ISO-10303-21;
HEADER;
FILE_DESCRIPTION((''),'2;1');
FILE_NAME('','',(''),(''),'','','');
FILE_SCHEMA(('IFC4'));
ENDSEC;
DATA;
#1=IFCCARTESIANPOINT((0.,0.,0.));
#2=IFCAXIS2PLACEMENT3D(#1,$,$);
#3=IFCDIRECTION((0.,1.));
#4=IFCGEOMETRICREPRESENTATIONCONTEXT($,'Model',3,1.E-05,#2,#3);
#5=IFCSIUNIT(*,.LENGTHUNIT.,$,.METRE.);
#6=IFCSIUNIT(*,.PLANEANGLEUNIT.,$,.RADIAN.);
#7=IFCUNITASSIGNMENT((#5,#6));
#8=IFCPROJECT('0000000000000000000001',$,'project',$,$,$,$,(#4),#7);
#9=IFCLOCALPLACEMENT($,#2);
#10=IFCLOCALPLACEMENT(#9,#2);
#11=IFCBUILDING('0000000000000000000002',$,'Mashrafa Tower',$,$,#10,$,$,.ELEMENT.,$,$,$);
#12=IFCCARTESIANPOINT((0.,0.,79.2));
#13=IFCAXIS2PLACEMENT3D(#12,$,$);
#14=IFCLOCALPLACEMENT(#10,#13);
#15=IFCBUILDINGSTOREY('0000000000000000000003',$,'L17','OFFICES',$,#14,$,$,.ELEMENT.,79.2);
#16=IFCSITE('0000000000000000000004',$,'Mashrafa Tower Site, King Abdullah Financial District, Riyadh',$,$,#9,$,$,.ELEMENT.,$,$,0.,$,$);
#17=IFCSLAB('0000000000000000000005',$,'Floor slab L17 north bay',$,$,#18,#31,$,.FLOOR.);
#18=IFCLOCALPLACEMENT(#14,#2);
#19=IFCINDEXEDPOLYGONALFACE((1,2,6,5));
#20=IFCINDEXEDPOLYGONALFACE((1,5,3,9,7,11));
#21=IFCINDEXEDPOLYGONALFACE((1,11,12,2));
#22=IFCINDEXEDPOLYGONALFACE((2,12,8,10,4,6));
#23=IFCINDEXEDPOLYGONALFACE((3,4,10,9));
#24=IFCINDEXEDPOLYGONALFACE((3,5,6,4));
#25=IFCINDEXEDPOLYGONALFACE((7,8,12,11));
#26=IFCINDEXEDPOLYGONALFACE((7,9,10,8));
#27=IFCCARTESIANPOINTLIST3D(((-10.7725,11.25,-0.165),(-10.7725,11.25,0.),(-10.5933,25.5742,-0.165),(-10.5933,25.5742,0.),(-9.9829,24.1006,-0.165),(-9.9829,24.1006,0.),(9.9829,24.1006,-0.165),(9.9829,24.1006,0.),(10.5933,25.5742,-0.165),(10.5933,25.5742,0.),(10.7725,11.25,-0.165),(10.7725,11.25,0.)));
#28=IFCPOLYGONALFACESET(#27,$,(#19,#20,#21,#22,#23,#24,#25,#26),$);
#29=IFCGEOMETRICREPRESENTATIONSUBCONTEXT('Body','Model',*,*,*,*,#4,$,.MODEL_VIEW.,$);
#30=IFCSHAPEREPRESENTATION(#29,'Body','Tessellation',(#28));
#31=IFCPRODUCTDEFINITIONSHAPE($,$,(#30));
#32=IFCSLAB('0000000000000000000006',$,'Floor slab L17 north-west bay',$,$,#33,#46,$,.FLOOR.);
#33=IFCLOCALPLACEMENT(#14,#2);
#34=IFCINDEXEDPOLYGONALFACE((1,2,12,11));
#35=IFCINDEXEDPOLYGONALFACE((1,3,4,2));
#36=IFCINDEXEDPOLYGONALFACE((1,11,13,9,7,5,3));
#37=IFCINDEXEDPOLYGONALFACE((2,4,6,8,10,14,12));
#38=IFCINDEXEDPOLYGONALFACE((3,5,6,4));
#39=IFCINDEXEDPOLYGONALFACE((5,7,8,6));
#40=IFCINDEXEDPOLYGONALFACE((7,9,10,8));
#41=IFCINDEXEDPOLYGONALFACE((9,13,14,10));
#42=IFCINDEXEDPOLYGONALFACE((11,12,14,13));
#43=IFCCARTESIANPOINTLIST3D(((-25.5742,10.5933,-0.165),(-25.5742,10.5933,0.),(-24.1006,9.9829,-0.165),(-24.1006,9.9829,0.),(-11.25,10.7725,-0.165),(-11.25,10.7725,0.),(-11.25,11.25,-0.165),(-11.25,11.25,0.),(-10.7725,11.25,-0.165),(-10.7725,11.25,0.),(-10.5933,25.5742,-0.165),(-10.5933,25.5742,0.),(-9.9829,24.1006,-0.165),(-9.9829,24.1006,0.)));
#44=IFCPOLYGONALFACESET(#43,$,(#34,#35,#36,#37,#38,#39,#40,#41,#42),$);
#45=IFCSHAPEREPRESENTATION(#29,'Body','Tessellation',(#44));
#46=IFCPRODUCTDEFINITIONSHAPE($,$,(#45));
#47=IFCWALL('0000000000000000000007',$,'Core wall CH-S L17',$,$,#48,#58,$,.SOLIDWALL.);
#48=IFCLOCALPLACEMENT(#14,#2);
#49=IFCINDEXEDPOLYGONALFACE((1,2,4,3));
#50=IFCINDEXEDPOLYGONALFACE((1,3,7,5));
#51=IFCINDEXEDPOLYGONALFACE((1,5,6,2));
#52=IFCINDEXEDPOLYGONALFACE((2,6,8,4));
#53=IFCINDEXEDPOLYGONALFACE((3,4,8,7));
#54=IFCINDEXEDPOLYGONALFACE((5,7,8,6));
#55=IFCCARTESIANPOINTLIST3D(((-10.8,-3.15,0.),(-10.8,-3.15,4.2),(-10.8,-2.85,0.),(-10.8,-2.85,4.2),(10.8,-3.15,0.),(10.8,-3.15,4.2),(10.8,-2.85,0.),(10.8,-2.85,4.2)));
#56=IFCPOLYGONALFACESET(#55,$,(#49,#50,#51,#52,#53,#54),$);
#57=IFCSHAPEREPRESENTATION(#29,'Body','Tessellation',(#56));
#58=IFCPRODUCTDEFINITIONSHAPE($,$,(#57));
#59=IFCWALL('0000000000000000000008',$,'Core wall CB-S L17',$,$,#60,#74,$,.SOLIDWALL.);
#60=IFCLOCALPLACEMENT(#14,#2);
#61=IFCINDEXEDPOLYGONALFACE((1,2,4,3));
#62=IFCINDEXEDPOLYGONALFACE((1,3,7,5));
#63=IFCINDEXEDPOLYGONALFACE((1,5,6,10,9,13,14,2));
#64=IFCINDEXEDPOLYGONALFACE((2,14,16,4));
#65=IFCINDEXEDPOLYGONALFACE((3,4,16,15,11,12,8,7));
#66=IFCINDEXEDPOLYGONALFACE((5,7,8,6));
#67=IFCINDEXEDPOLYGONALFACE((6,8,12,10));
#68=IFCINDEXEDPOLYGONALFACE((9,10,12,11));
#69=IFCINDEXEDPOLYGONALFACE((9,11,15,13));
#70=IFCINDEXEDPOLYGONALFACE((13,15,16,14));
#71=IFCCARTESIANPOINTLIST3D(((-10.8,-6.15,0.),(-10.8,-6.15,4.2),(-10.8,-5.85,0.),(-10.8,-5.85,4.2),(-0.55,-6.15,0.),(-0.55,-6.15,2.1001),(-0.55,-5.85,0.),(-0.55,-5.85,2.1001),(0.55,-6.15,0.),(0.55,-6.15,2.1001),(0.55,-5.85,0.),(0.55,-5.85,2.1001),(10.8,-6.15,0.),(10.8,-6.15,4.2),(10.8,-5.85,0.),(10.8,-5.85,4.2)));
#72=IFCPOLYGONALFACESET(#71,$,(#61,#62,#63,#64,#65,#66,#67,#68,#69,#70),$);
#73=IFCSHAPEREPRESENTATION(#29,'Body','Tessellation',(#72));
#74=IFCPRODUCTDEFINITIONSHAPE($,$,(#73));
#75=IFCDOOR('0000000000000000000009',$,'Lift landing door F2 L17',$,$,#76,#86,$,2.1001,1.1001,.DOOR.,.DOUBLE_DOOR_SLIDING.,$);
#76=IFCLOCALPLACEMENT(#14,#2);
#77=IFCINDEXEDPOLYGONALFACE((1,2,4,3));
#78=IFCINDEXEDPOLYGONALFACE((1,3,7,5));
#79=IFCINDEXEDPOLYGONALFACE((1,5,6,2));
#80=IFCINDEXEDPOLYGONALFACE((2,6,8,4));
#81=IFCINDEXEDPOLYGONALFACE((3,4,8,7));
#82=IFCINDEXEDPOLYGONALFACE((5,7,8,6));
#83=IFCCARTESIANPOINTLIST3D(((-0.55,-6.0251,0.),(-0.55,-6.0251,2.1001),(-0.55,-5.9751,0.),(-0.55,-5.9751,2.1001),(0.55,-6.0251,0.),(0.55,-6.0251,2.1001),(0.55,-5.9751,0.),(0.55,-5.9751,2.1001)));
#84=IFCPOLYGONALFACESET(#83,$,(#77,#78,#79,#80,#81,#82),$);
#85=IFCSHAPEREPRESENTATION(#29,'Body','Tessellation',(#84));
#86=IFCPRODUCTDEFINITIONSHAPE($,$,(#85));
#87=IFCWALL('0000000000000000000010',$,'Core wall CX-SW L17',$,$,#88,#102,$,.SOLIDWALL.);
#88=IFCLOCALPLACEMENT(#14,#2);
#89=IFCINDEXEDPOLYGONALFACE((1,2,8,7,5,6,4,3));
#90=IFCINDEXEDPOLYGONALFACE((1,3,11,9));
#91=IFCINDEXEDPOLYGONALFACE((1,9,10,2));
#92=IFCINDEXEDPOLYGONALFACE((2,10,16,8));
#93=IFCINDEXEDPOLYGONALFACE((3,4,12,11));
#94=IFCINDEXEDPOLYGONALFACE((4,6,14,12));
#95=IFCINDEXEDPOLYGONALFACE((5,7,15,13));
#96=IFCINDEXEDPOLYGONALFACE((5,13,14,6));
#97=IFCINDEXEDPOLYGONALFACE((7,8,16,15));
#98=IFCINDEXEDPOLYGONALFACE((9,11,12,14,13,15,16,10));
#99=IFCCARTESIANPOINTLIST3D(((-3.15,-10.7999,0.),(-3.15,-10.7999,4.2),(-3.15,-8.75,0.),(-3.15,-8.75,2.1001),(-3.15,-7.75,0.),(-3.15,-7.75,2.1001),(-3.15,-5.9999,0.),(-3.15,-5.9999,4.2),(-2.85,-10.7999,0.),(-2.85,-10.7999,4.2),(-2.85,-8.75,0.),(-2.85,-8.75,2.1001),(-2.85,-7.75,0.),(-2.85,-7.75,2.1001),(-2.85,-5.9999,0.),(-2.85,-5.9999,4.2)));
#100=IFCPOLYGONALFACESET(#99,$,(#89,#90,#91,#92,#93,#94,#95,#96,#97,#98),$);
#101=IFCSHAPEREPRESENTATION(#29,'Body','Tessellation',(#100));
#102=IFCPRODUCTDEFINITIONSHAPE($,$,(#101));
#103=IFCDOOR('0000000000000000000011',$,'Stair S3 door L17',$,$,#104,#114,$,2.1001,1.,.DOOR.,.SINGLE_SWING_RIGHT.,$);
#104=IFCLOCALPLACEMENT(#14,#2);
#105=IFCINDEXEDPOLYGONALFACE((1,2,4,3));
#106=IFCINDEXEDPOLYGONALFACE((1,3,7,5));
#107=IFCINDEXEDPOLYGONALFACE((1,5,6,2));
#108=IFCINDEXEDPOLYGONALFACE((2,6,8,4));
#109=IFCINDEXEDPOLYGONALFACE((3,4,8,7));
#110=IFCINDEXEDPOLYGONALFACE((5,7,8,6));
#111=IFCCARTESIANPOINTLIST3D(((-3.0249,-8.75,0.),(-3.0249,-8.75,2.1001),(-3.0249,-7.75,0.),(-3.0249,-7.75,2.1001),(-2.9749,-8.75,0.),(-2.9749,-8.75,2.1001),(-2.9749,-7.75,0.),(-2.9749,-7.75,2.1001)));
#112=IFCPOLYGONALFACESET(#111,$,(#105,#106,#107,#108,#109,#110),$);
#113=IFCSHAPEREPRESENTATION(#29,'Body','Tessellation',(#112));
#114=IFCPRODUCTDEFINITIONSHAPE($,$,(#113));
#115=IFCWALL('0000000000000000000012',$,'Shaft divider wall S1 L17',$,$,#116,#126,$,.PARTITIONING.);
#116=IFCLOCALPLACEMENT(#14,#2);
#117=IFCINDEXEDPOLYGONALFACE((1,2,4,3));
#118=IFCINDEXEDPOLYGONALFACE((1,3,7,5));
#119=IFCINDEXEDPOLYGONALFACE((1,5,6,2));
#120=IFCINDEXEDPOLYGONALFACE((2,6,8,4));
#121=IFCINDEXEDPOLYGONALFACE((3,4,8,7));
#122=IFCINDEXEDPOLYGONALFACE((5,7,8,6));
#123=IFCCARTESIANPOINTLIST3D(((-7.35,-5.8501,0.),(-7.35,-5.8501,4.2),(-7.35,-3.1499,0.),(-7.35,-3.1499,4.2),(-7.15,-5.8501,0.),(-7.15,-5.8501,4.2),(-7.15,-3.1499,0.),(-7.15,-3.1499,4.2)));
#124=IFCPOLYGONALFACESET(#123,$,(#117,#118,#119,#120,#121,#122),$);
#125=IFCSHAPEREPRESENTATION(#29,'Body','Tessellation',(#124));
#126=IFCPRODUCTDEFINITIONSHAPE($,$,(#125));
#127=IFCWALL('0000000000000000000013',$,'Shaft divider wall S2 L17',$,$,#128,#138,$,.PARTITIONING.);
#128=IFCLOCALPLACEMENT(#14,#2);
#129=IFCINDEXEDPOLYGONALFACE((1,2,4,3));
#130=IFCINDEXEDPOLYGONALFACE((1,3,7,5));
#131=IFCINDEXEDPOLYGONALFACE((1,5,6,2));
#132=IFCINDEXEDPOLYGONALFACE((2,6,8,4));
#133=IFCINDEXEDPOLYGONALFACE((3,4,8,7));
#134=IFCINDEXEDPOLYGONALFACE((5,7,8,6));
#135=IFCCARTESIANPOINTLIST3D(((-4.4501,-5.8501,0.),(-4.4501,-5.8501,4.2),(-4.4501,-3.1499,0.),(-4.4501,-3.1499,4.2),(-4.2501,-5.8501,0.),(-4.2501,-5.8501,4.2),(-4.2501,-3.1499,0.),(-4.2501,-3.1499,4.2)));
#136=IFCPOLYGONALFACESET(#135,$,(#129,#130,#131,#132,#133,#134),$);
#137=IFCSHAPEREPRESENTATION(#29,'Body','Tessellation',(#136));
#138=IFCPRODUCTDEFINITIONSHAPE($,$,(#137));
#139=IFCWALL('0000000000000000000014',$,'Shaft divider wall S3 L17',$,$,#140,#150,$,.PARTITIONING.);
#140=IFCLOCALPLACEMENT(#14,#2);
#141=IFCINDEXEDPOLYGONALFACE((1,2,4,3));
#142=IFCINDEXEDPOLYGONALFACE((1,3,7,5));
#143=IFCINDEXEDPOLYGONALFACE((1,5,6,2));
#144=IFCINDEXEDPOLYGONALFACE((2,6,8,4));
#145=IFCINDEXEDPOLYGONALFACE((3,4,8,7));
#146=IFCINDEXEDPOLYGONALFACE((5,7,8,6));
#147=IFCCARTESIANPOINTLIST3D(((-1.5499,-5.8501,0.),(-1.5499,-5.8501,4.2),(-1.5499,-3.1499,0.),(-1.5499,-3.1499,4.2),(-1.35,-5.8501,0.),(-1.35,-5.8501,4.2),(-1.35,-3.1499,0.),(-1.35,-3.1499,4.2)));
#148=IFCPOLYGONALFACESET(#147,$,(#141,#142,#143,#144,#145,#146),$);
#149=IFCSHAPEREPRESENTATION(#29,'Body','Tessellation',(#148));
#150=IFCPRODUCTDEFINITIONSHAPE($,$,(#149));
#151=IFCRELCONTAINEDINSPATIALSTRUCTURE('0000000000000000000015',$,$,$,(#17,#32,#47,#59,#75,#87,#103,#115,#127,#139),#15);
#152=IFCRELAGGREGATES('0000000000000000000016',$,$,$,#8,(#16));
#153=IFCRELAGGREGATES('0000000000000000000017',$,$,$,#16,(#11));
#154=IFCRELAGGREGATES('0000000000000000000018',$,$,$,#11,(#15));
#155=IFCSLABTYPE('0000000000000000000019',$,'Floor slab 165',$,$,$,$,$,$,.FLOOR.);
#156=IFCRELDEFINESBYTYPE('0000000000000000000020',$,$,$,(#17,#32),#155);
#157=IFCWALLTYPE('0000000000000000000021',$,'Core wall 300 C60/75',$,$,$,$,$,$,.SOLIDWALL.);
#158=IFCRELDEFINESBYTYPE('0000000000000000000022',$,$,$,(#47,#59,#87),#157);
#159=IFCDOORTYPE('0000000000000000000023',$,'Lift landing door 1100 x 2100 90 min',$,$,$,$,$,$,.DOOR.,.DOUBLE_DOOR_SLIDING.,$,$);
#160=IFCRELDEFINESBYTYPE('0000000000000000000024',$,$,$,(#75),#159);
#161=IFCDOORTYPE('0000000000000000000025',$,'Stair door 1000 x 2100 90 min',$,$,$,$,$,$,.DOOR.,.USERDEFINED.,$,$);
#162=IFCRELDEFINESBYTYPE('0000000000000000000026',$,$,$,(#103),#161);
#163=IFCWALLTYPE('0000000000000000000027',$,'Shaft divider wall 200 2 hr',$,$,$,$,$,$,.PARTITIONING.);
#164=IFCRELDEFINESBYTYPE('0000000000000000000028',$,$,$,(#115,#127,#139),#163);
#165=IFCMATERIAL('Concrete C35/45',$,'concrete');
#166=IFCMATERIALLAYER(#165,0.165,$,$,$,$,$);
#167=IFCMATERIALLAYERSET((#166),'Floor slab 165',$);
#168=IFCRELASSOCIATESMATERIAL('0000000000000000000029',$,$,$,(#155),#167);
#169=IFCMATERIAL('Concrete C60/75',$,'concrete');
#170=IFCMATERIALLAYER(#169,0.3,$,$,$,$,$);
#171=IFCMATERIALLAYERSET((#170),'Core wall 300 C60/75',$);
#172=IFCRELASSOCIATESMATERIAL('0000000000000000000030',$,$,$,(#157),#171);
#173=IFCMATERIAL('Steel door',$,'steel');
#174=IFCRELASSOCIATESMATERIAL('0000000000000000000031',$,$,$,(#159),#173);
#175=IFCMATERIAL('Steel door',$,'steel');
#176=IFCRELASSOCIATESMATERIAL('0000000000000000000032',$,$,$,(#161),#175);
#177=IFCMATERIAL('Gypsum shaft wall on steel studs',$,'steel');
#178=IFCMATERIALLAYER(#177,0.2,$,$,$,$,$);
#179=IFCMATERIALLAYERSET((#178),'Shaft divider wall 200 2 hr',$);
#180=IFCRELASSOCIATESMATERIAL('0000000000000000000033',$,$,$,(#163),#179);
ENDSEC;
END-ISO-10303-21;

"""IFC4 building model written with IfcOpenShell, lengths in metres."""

from ifc_helpers import new_model, si_unit, direction, frame, frame_2d, origin, place, context, subcontext, project, spatial, polyline, rectangle, outline, extrude, material, layer, layer_set, type_object, element, fill, save


model = new_model("IFC4")

# Units and contexts
model_context = context("Model", 3, precision=1e-05, world=origin(), true_north=direction((0.0, 1.0)))
body_context = subcontext(model_context, "Body", "Model", "MODEL_VIEW")
ifc_project = project(units=[si_unit("LENGTHUNIT", "METRE"), si_unit("PLANEANGLEUNIT", "RADIAN")], contexts=[model_context])

# Site, building, storey
site_placement = place(None, origin())
site = spatial("IfcSite", under=ifc_project, at=site_placement, Name="Mashrafa Tower Site, King Abdullah Financial District, Riyadh", CompositionType="ELEMENT", RefElevation=0.0)
building_placement = place(site_placement, origin())
building = spatial("IfcBuilding", under=site, at=building_placement, Name="Mashrafa Tower", CompositionType="ELEMENT")
storey_placement = place(building_placement, frame((0.0, 0.0, 79.2)))
storey = spatial("IfcBuildingStorey", under=building, at=storey_placement, Name="L17", Description="OFFICES", CompositionType="ELEMENT", Elevation=79.2)

# Slabs
ifc_material_1 = material(Name="Concrete C35/45", Category="concrete")
ifc_layer_1 = layer(ifc_material_1, 0.165)
ifc_layer_set_1 = layer_set([ifc_layer_1], Name="Floor slab 165")
slab_type = type_object("IfcSlabType", Name="Floor slab 165", PredefinedType="FLOOR", material=ifc_layer_set_1)
slab_1_placement = place(storey_placement, frame((0.0, 0.0, -0.165)))
element("IfcSlab", 1, at=slab_1_placement, inside=storey, type_object=slab_type, Name="Floor slab L17 north bay", PredefinedType="FLOOR", context=body_context, shape_type="SweptSolid", body=[
    extrude(outline(polyline([(10.5933, 25.5742), (9.9829, 24.1006), (10.7725, 11.25), (-10.7725, 11.25), (-9.9829, 24.1006), (-10.5933, 25.5742), (10.5933, 25.5742)])), origin(), (0.0, 0.0, 1.0), 0.165),
])
slab_2_placement = place(storey_placement, frame((0.0, 0.0, -0.165)))
element("IfcSlab", 2, at=slab_2_placement, inside=storey, type_object=slab_type, Name="Floor slab L17 north-west bay", PredefinedType="FLOOR", context=body_context, shape_type="SweptSolid", body=[
    extrude(outline(polyline([(-25.5742, 10.5933), (-10.5933, 25.5742), (-10.5933, 25.5742), (-9.9829, 24.1006), (-10.7725, 11.25), (-11.25, 11.25), (-11.25, 10.7725), (-24.1006, 9.9829), (-25.5742, 10.5933), (-25.5742, 10.5933)])), origin(), (0.0, 0.0, 1.0), 0.165),
])

# Wall
ifc_material_2 = material(Name="Concrete C60/75", Category="concrete")
ifc_layer_2 = layer(ifc_material_2, 0.3)
ifc_layer_set_2 = layer_set([ifc_layer_2], Name="Core wall 300 C60/75")
wall_type_1 = type_object("IfcWallType", Name="Core wall 300 C60/75", PredefinedType="SOLIDWALL", material=ifc_layer_set_2)
wall_1_placement = place(storey_placement, frame((-10.8, -3.0, 0.0), z_axis=(0.0, 0.0, 1.0), x_axis=(1.0, 0.0, 0.0)))
element("IfcWall", 3, at=wall_1_placement, inside=storey, type_object=wall_type_1, Name="Core wall CH-S L17", PredefinedType="SOLIDWALL", context=body_context, shape_type="SweptSolid", body=[
    extrude(rectangle(XDim=21.6001, YDim=0.3, at=frame_2d((10.8, 0.0))), origin(), (0.0, 0.0, 1.0), 4.2),
])

# Walls, openings, doors
wall_2_placement = place(storey_placement, frame((-10.8, -6.0, 0.0), z_axis=(0.0, 0.0, 1.0), x_axis=(1.0, 0.0, 0.0)))
wall_2 = element("IfcWall", 4, at=wall_2_placement, inside=storey, type_object=wall_type_1, Name="Core wall CB-S L17", PredefinedType="SOLIDWALL", context=body_context, shape_type="SweptSolid", body=[
    extrude(rectangle(XDim=21.6001, YDim=0.3, at=frame_2d((10.8, 0.0))), origin(), (0.0, 0.0, 1.0), 4.2),
])
opening_1_placement = place(wall_2_placement, frame((10.25, 0.0, 0.0)))
opening_1 = element("IfcOpeningElement", 5, at=opening_1_placement, cuts=wall_2, PredefinedType="OPENING", context=body_context, shape_type="SweptSolid", body=[
    extrude(rectangle(XDim=1.1001, YDim=2.1001, at=frame_2d((0.55, 1.05))), frame((0.0, 0.1599, 0.0), z_axis=(0.0, -1.0, 0.0), x_axis=(1.0, 0.0, 0.0)), (0.0, 0.0, 1.0), 0.3201),
])
ifc_material_3 = material(Name="Steel door", Category="steel")
door_type_1 = type_object("IfcDoorType", Name="Lift landing door 1100 x 2100 90 min", OperationType="DOUBLE_DOOR_SLIDING", PredefinedType="DOOR", material=ifc_material_3)
door_1_placement = place(opening_1_placement, origin())
door_1 = element("IfcDoor", 6, at=door_1_placement, inside=storey, type_object=door_type_1, Name="Lift landing door F2 L17", OperationType="DOUBLE_DOOR_SLIDING", OverallHeight=2.1001, OverallWidth=1.1001, PredefinedType="DOOR", context=body_context, shape_type="SweptSolid", body=[
    extrude(rectangle(XDim=1.1001, YDim=2.1001, at=frame_2d((0.55, 1.05))), frame((0.0, 0.0249, 0.0), z_axis=(0.0, -1.0, 0.0), x_axis=(1.0, 0.0, 0.0)), (0.0, 0.0, 1.0), 0.05),
])
fill(opening_1, door_1)
wall_3_placement = place(storey_placement, frame((-3.0, -6.0, 0.0), z_axis=(0.0, 0.0, 1.0), x_axis=(0.0, -1.0, 0.0)))
wall_3 = element("IfcWall", 7, at=wall_3_placement, inside=storey, type_object=wall_type_1, Name="Core wall CX-SW L17", PredefinedType="SOLIDWALL", context=body_context, shape_type="SweptSolid", body=[
    extrude(rectangle(XDim=4.8, YDim=0.3, at=frame_2d((2.3999, 0.0))), origin(), (0.0, 0.0, 1.0), 4.2),
])
opening_2_placement = place(wall_3_placement, frame((1.75, 0.0, 0.0)))
opening_2 = element("IfcOpeningElement", 8, at=opening_2_placement, cuts=wall_3, PredefinedType="OPENING", context=body_context, shape_type="SweptSolid", body=[
    extrude(rectangle(XDim=1.0, YDim=2.1001, at=frame_2d((0.5, 1.05))), frame((0.0, 0.1599, 0.0), z_axis=(0.0, -1.0, 0.0), x_axis=(1.0, 0.0, 0.0)), (0.0, 0.0, 1.0), 0.3201),
])
ifc_material_4 = material(Name="Steel door", Category="steel")
door_type_2 = type_object("IfcDoorType", Name="Stair door 1000 x 2100 90 min", OperationType="USERDEFINED", PredefinedType="DOOR", material=ifc_material_4)
door_2_placement = place(opening_2_placement, frame((1.0, 0.0, 0.0), z_axis=(0.0, 0.0, 1.0), x_axis=(-1.0, 0.0, 0.0)))
door_2 = element("IfcDoor", 9, at=door_2_placement, inside=storey, type_object=door_type_2, Name="Stair S3 door L17", OperationType="SINGLE_SWING_RIGHT", OverallHeight=2.1001, OverallWidth=1.0, PredefinedType="DOOR", context=body_context, shape_type="SweptSolid", body=[
    extrude(rectangle(XDim=1.0, YDim=2.1001, at=frame_2d((0.5, 1.05))), frame((0.0, 0.0249, 0.0), z_axis=(0.0, -1.0, 0.0), x_axis=(1.0, 0.0, 0.0)), (0.0, 0.0, 1.0), 0.05),
])
fill(opening_2, door_2)

# Walls
ifc_material_5 = material(Name="Gypsum shaft wall on steel studs", Category="steel")
ifc_layer_3 = layer(ifc_material_5, 0.2)
ifc_layer_set_3 = layer_set([ifc_layer_3], Name="Shaft divider wall 200 2 hr")
wall_type_2 = type_object("IfcWallType", Name="Shaft divider wall 200 2 hr", PredefinedType="PARTITIONING", material=ifc_layer_set_3)
for number, where, z_axis, x_axis, name in (
    (10, (-7.25, -5.8501, 0.0), (0.0, 0.0, 1.0), (0.0, 1.0, 0.0), "Shaft divider wall S1 L17"),
    (11, (-4.3501, -5.8501, 0.0), (0.0, 0.0, 1.0), (0.0, 1.0, 0.0), "Shaft divider wall S2 L17"),
    (12, (-1.45, -5.8501, 0.0), (0.0, 0.0, 1.0), (0.0, 1.0, 0.0), "Shaft divider wall S3 L17"),
):
    element("IfcWall", number, at=place(storey_placement, frame(where, z_axis=z_axis, x_axis=x_axis)), inside=storey, type_object=wall_type_2, Name=name, PredefinedType="PARTITIONING", context=body_context, shape_type="SweptSolid", body=[
        extrude(rectangle(XDim=2.7002, YDim=0.2, at=frame_2d((1.3501, 0.0))), origin(), (0.0, 0.0, 1.0), 4.2),
    ])

save(model, "model.ifc")
